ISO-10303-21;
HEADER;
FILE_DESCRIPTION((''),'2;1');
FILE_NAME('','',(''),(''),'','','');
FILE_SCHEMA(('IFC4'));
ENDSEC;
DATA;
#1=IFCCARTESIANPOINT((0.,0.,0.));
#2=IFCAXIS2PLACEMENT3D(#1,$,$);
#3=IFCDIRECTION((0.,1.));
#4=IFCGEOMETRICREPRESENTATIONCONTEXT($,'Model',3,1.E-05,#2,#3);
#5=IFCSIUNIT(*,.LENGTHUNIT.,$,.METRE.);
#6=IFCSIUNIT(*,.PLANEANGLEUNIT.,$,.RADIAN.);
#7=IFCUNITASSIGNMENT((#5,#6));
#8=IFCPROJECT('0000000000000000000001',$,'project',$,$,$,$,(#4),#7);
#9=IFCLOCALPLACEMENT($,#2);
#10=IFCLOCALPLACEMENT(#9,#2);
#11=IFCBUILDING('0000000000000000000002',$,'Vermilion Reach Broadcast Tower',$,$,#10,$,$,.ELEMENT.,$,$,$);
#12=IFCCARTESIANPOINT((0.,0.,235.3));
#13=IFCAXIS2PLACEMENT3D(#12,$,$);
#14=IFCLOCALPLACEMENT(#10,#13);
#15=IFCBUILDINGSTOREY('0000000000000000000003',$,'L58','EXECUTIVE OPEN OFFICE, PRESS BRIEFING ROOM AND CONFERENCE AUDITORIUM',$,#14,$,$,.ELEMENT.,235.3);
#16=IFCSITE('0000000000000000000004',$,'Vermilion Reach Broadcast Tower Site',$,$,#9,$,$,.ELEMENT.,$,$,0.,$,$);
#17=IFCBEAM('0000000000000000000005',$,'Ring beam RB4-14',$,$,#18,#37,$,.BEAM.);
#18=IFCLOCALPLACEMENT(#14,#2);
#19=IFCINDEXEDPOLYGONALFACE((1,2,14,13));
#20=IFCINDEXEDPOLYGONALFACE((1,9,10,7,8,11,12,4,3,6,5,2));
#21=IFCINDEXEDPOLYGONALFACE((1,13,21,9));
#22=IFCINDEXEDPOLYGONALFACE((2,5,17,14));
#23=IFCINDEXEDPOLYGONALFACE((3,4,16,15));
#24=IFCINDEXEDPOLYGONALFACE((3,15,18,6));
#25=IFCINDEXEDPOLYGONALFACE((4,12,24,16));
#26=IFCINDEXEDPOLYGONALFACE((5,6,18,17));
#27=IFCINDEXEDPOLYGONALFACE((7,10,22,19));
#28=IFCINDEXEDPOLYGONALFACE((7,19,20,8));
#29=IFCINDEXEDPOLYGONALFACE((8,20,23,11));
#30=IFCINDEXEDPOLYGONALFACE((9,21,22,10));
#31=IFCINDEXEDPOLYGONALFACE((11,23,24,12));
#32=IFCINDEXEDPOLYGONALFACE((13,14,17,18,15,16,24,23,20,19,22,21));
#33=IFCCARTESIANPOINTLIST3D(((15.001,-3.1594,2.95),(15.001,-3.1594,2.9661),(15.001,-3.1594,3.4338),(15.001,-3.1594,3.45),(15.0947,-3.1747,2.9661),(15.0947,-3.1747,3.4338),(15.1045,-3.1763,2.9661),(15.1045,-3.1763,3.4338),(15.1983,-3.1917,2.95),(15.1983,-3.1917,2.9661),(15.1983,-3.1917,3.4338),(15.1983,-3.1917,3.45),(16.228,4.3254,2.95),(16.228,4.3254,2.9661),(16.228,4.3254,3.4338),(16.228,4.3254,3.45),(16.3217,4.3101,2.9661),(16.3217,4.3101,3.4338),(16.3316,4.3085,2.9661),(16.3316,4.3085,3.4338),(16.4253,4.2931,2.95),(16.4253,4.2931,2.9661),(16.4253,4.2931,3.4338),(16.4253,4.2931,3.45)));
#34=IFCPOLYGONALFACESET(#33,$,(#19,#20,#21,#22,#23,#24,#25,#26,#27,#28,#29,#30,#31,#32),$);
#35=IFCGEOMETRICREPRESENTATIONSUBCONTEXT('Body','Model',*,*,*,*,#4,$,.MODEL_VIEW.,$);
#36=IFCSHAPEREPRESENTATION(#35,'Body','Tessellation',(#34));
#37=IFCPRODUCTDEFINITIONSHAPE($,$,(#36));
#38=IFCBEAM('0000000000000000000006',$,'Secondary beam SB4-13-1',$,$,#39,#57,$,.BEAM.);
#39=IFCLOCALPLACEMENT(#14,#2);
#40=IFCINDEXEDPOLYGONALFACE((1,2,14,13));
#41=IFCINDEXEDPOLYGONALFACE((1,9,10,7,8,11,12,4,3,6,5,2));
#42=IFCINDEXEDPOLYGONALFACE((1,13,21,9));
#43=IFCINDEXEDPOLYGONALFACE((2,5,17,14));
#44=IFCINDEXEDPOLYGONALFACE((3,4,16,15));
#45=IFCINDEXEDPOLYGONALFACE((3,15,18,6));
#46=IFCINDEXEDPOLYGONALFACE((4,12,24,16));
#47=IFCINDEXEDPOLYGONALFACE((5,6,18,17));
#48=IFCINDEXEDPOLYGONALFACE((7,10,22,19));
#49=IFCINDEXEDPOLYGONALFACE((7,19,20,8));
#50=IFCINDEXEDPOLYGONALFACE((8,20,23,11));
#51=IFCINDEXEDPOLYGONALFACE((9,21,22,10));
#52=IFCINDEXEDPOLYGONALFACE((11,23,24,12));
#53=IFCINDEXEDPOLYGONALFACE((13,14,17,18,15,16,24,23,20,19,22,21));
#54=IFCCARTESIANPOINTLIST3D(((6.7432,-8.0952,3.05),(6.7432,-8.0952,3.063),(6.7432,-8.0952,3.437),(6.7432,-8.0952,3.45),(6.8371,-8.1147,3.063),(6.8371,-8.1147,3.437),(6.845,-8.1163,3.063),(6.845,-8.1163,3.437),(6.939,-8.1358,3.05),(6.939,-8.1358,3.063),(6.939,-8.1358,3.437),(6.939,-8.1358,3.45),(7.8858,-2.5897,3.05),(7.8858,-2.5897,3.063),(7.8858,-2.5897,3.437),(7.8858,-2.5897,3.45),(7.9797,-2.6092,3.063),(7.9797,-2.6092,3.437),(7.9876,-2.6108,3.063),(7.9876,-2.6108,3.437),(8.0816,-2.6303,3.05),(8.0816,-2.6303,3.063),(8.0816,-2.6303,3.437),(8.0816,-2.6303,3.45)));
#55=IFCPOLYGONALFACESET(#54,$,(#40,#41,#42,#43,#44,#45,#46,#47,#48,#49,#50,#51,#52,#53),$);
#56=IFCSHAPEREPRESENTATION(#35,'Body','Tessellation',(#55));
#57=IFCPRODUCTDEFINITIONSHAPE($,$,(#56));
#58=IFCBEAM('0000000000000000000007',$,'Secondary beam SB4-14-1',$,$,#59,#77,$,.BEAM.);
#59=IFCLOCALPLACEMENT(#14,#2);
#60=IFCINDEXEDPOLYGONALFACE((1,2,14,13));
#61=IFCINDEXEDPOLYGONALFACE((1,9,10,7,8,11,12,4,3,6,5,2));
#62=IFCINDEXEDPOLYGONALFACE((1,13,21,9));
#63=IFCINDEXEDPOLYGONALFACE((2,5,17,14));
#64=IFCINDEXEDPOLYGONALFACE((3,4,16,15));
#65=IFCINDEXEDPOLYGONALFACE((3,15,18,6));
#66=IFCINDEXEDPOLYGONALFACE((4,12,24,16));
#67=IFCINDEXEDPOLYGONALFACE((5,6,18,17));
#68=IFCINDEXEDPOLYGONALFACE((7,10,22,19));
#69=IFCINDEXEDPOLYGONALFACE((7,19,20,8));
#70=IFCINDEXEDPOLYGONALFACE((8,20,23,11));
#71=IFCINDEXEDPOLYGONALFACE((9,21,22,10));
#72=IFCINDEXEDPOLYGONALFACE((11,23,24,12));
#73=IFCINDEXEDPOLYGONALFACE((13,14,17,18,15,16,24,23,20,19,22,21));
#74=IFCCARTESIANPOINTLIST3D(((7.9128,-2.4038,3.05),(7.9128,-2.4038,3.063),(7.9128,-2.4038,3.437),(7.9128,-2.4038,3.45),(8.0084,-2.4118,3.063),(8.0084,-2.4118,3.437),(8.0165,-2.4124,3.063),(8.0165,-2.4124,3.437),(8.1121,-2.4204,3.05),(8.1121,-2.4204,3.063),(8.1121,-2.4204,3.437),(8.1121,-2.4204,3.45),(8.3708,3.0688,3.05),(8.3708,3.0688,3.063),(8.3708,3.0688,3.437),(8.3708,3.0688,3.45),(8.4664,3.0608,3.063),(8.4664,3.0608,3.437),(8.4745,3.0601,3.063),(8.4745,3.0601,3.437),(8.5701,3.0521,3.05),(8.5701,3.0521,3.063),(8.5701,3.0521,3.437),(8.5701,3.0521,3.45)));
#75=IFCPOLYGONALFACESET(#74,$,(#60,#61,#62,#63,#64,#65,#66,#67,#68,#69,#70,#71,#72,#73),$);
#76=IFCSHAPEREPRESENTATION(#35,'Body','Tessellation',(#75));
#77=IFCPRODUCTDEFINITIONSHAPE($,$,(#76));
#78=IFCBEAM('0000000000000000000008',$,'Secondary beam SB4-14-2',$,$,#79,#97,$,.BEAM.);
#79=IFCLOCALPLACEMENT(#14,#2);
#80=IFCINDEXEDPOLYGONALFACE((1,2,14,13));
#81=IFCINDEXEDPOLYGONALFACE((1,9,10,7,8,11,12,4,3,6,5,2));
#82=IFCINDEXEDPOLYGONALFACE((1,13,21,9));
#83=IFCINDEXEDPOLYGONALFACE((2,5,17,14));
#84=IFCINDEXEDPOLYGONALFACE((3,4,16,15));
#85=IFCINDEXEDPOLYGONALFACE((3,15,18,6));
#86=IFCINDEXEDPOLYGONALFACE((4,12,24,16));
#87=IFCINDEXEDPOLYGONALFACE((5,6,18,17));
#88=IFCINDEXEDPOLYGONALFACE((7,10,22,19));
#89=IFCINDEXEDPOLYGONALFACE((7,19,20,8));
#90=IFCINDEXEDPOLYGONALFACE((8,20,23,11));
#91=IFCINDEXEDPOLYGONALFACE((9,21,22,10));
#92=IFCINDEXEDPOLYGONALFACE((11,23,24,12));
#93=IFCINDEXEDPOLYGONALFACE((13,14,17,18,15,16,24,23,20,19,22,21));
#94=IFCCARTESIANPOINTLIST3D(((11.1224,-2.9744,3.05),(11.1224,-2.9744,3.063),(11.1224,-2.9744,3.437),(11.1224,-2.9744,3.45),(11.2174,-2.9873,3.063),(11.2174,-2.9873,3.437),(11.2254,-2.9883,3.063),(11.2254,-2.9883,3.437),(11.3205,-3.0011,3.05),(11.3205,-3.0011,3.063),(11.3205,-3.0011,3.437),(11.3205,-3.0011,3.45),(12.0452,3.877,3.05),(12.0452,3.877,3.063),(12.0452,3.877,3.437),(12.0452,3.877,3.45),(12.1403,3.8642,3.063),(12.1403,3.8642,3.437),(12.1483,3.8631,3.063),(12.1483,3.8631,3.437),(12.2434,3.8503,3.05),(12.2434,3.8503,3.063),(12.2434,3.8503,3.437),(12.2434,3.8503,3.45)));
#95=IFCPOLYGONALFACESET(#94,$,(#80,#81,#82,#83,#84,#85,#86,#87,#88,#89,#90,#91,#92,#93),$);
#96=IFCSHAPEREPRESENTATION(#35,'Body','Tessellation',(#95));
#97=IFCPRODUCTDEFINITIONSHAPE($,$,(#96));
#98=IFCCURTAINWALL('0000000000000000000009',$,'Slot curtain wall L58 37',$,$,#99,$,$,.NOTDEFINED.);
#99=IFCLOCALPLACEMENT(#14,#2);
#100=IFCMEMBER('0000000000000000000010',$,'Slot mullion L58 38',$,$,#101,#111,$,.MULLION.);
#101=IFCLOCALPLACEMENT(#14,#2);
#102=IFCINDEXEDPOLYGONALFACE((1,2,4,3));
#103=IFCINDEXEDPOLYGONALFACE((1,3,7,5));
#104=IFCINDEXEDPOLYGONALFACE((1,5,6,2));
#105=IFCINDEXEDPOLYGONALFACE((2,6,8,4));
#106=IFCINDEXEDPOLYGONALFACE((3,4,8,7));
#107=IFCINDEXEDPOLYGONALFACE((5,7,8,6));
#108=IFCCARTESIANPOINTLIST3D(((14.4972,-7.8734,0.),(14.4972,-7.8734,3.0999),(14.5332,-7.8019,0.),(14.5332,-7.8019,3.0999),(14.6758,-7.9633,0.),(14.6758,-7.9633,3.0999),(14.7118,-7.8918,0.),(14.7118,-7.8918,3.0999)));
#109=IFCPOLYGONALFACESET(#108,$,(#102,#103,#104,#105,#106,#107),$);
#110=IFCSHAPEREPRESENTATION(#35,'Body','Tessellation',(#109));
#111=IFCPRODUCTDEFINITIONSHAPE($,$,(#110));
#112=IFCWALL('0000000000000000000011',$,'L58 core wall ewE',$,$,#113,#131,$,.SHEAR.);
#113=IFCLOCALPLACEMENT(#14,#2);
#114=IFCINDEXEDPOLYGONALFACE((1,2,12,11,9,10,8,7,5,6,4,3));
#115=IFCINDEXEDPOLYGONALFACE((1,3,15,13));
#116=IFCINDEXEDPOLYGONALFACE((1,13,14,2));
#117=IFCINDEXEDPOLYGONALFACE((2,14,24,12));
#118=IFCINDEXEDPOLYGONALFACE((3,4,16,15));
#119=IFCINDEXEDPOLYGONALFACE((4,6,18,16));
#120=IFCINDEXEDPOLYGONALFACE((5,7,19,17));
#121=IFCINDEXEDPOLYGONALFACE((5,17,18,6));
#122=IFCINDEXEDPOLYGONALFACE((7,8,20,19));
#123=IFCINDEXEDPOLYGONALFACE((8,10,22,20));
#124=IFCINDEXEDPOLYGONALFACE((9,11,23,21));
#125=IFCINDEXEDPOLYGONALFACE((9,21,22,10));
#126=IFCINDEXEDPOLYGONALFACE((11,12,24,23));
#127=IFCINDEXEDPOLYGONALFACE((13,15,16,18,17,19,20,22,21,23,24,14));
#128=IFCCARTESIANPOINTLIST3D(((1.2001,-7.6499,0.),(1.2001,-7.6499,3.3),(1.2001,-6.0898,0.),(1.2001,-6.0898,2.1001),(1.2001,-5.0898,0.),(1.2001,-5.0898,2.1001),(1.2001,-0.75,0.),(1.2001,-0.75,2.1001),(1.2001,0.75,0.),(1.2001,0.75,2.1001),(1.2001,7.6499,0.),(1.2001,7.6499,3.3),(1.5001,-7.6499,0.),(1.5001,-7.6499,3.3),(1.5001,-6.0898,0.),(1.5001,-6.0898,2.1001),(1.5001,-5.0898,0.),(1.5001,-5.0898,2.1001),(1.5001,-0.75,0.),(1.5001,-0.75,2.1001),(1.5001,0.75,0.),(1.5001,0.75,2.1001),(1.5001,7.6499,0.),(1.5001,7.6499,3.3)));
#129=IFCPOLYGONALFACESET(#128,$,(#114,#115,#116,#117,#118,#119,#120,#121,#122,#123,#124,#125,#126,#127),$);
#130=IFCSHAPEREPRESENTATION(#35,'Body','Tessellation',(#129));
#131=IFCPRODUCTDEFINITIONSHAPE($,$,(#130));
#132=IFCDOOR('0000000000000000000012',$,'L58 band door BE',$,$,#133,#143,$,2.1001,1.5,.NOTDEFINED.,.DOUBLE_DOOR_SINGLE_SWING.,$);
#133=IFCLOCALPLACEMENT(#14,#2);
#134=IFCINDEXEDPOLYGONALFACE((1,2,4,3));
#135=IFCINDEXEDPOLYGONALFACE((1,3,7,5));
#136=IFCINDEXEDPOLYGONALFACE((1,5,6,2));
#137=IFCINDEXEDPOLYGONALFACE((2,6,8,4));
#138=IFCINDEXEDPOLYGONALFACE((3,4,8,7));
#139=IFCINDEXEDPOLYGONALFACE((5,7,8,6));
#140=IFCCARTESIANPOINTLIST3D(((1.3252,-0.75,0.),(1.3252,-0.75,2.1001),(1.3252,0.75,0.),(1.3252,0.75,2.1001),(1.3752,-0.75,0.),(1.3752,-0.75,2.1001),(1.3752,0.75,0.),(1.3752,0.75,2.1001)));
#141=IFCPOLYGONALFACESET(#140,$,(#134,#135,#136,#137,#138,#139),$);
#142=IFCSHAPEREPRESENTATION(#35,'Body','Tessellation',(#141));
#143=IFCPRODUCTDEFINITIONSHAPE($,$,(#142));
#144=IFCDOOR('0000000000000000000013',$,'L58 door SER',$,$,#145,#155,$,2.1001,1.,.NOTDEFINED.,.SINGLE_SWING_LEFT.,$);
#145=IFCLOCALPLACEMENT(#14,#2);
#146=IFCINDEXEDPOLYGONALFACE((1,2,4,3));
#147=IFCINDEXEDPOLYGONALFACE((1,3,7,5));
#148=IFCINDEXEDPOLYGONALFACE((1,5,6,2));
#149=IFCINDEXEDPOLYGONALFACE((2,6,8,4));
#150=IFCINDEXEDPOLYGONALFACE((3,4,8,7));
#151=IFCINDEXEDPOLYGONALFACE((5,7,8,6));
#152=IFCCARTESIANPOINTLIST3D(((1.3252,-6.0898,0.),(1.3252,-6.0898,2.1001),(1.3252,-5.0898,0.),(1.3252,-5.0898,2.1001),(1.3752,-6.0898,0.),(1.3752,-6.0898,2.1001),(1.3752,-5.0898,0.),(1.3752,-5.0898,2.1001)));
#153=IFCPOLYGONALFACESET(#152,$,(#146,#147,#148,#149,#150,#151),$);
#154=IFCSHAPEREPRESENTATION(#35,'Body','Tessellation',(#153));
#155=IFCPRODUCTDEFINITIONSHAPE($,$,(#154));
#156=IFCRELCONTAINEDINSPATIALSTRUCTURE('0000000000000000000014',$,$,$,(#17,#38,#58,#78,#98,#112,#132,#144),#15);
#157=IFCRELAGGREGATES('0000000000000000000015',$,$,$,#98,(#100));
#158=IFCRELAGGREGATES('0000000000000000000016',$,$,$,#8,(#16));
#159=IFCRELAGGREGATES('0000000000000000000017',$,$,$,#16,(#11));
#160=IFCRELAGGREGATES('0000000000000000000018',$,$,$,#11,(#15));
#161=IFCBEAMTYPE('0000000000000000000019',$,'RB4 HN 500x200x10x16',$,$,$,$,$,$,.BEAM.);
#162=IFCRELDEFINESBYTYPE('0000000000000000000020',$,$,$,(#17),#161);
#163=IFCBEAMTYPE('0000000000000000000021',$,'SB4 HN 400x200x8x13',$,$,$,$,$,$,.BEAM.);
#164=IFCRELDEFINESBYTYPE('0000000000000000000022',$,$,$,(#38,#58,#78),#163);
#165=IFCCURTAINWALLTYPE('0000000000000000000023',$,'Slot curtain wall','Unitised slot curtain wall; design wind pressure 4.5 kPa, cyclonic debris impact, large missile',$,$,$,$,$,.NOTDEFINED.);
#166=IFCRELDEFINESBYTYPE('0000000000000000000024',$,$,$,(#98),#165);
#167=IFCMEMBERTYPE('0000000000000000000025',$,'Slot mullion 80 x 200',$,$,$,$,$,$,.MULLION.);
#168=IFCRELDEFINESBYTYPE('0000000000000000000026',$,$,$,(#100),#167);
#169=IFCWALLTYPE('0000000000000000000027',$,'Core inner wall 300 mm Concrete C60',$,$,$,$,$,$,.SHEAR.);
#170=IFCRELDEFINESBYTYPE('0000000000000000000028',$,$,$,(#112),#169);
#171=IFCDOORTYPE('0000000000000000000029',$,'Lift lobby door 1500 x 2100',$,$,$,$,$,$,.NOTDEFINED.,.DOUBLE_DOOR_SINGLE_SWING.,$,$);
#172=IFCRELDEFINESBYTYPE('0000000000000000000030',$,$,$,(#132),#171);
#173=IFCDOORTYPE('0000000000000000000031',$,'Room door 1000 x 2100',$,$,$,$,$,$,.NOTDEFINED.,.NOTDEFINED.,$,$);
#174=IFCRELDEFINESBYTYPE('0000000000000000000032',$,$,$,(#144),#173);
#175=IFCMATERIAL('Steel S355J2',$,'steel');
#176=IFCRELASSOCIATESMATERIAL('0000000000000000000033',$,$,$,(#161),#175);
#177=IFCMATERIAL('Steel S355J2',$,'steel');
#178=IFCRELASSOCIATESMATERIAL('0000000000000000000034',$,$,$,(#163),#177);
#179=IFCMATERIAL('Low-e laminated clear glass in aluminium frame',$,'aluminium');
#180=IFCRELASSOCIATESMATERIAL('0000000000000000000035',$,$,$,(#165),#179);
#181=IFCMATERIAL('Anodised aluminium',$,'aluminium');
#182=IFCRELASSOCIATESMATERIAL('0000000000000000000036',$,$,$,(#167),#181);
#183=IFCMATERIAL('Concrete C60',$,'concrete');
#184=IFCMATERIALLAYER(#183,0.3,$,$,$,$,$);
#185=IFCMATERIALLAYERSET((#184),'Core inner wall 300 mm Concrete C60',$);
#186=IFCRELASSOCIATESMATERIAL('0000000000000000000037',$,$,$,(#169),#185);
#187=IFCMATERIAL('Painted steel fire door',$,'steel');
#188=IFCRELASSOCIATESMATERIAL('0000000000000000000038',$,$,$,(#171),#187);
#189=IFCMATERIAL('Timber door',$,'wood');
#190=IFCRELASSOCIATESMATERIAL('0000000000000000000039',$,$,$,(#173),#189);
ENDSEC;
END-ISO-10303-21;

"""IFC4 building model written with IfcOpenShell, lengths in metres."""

from ifc_helpers import new_model, si_unit, direction, frame, frame_2d, origin, origin_2d, place, context, subcontext, project, spatial, rectangle, i_section, extrude, material, layer, layer_set, material_profile, profile_set, type_object, element, fill, aggregate, save


model = new_model("IFC4")

# Units and contexts
model_context = context("Model", 3, precision=1e-05, world=origin(), true_north=direction((0.0, 1.0)))
body_context = subcontext(model_context, "Body", "Model", "MODEL_VIEW")
ifc_project = project(units=[si_unit("LENGTHUNIT", "METRE"), si_unit("PLANEANGLEUNIT", "RADIAN")], contexts=[model_context])

# Site, building, storey
site_placement = place(None, origin())
site = spatial("IfcSite", under=ifc_project, at=site_placement, Name="Vermilion Reach Broadcast Tower Site", CompositionType="ELEMENT", RefElevation=0.0)
building_placement = place(site_placement, origin())
building = spatial("IfcBuilding", under=site, at=building_placement, Name="Vermilion Reach Broadcast Tower", CompositionType="ELEMENT")
storey_placement = place(building_placement, frame((0.0, 0.0, 235.3)))
storey = spatial("IfcBuildingStorey", under=building, at=storey_placement, Name="L58", Description="EXECUTIVE OPEN OFFICE, PRESS BRIEFING ROOM AND CONFERENCE AUDITORIUM", CompositionType="ELEMENT", Elevation=235.3)

# Beams
ifc_material_1 = material(Name="Steel S355J2", Category="steel")
ifc_material_profile_1 = material_profile(ifc_material_1, i_section(OverallWidth=0.2, OverallDepth=0.5, WebThickness=0.01, FlangeThickness=0.0161, at=origin_2d()), Name="S355J2 HN 500x200x10x16")
ifc_profile_set_1 = profile_set([ifc_material_profile_1], Name="Steel S355J2")
beam_type_1 = type_object("IfcBeamType", Name="RB4 HN 500x200x10x16", PredefinedType="BEAM", material=ifc_profile_set_1)
beam_1_placement = place(storey_placement, frame((15.0996, -3.1755, 3.2), z_axis=(0.161778, 0.986827, 0.0), x_axis=(-0.986827, 0.161778, 0.0)))
element("IfcBeam", 1, at=beam_1_placement, inside=storey, type_object=beam_type_1, Name="Ring beam RB4-14", PredefinedType="BEAM", context=body_context, shape_type="SweptSolid", body=[
    extrude(i_section(OverallWidth=0.2, OverallDepth=0.5, WebThickness=0.01, FlangeThickness=0.0161, at=origin_2d()), origin(), (0.0, 0.0, 1.0), 7.5847),
])
ifc_material_2 = material(Name="Steel S355J2", Category="steel")
ifc_material_profile_2 = material_profile(ifc_material_2, i_section(OverallWidth=0.2, OverallDepth=0.3999, WebThickness=0.0081, FlangeThickness=0.0129, at=origin_2d()), Name="S355J2 HN 400x200x8x13")
ifc_profile_set_2 = profile_set([ifc_material_profile_2], Name="Steel S355J2")
beam_type_2 = type_object("IfcBeamType", Name="SB4 HN 400x200x8x13", PredefinedType="BEAM", material=ifc_profile_set_2)
beam_2_placement = place(storey_placement, frame((6.8411, -8.1155, 3.25), z_axis=(0.203209, 0.979135, 0.0), x_axis=(-0.979135, 0.203209, 0.0)))
element("IfcBeam", 2, at=beam_2_placement, inside=storey, type_object=beam_type_2, Name="Secondary beam SB4-13-1", PredefinedType="BEAM", context=body_context, shape_type="SweptSolid", body=[
    extrude(i_section(OverallWidth=0.2, OverallDepth=0.3999, WebThickness=0.0081, FlangeThickness=0.0129, at=origin_2d()), origin(), (0.0, 0.0, 1.0), 5.6228),
])
beam_3_placement = place(storey_placement, frame((8.0125, -2.4121, 3.25), z_axis=(0.083399, 0.996516, 0.0), x_axis=(-0.996516, 0.083399, 0.0)))
element("IfcBeam", 3, at=beam_3_placement, inside=storey, type_object=beam_type_2, Name="Secondary beam SB4-14-1", PredefinedType="BEAM", context=body_context, shape_type="SweptSolid", body=[
    extrude(i_section(OverallWidth=0.2, OverallDepth=0.3999, WebThickness=0.0081, FlangeThickness=0.0129, at=origin_2d()), origin(), (0.0, 0.0, 1.0), 5.4917),
])
beam_4_placement = place(storey_placement, frame((11.2214, -2.9878, 3.25), z_axis=(0.133487, 0.991051, 0.0), x_axis=(-0.991051, 0.133487, 0.0)))
element("IfcBeam", 4, at=beam_4_placement, inside=storey, type_object=beam_type_2, Name="Secondary beam SB4-14-2", PredefinedType="BEAM", context=body_context, shape_type="SweptSolid", body=[
    extrude(i_section(OverallWidth=0.2, OverallDepth=0.3999, WebThickness=0.0081, FlangeThickness=0.0129, at=origin_2d()), origin(), (0.0, 0.0, 1.0), 6.9133),
])

# Curtain wall, member
ifc_material_3 = material(Name="Low-e laminated clear glass in aluminium frame", Category="aluminium")
curtain_wall_type = type_object("IfcCurtainWallType", Name="Slot curtain wall", Description="Unitised slot curtain wall; design wind pressure 4.5 kPa, cyclonic debris impact, large missile", PredefinedType="NOTDEFINED", material=ifc_material_3)
curtain_wall_placement = place(storey_placement, origin())
curtain_wall = element("IfcCurtainWall", 5, at=curtain_wall_placement, inside=storey, type_object=curtain_wall_type, Name="Slot curtain wall L58 37", PredefinedType="NOTDEFINED")
ifc_material_4 = material(Name="Anodised aluminium", Category="aluminium")
ifc_material_profile_3 = material_profile(ifc_material_4, rectangle(XDim=0.2, YDim=0.0801, at=origin_2d()), Name="Slot mullion 80 x 200")
ifc_profile_set_3 = profile_set([ifc_material_profile_3], Name="Anodised aluminium")
member_type = type_object("IfcMemberType", Name="Slot mullion 80 x 200", PredefinedType="MULLION", material=ifc_profile_set_3)
member_placement = place(storey_placement, frame((14.6045, -7.8826, 0.0), z_axis=(0.0, 0.0, 1.0), x_axis=(-0.893222, 0.449615, 0.0)))
member = element("IfcMember", 6, at=member_placement, type_object=member_type, Name="Slot mullion L58 38", PredefinedType="MULLION", context=body_context, shape_type="SweptSolid", body=[
    extrude(rectangle(XDim=0.2, YDim=0.0801, at=origin_2d()), origin(), (0.0, 0.0, 1.0), 3.0999),
])
aggregate(curtain_wall, [member])

# Wall, openings, doors
ifc_material_5 = material(Name="Concrete C60", Category="concrete")
ifc_layer_1 = layer(ifc_material_5, 0.3)
ifc_layer_set_1 = layer_set([ifc_layer_1], Name="Core inner wall 300 mm Concrete C60")
wall_type_1 = type_object("IfcWallType", Name="Core inner wall 300 mm Concrete C60", PredefinedType="SHEAR", material=ifc_layer_set_1)
wall_1_placement = place(storey_placement, frame((1.3501, -7.6499, 0.0), z_axis=(0.0, 0.0, 1.0), x_axis=(0.0, 1.0, 0.0)))
wall_1 = element("IfcWall", 7, at=wall_1_placement, inside=storey, type_object=wall_type_1, Name="L58 core wall ewE", PredefinedType="SHEAR", context=body_context, shape_type="SweptSolid", body=[
    extrude(rectangle(XDim=15.2998, YDim=0.3, at=frame_2d((7.6499, 0.0))), origin(), (0.0, 0.0, 1.0), 3.3),
])
opening_1_placement = place(wall_1_placement, frame((1.5601, 0.0, 0.0)))
opening_1 = element("IfcOpeningElement", 8, at=opening_1_placement, cuts=wall_1, PredefinedType="OPENING", context=body_context, shape_type="SweptSolid", body=[
    extrude(rectangle(XDim=1.0, YDim=2.1001, at=frame_2d((0.5, 1.05))), frame((0.0, 0.1599, 0.0), z_axis=(0.0, -1.0, 0.0), x_axis=(1.0, 0.0, 0.0)), (0.0, 0.0, 1.0), 0.3201),
])
opening_2_placement = place(wall_1_placement, frame((6.8999, 0.0, 0.0)))
opening_2 = element("IfcOpeningElement", 9, at=opening_2_placement, cuts=wall_1, PredefinedType="OPENING", context=body_context, shape_type="SweptSolid", body=[
    extrude(rectangle(XDim=1.5, YDim=2.1001, at=frame_2d((0.75, 1.05))), frame((0.0, 0.1599, 0.0), z_axis=(0.0, -1.0, 0.0), x_axis=(1.0, 0.0, 0.0)), (0.0, 0.0, 1.0), 0.3201),
])
ifc_material_6 = material(Name="Painted steel fire door", Category="steel")
door_type_1 = type_object("IfcDoorType", Name="Lift lobby door 1500 x 2100", OperationType="DOUBLE_DOOR_SINGLE_SWING", PredefinedType="NOTDEFINED", material=ifc_material_6)
door_1_placement = place(opening_2_placement, origin())
door_1 = element("IfcDoor", 10, at=door_1_placement, inside=storey, type_object=door_type_1, Name="L58 band door BE", OperationType="DOUBLE_DOOR_SINGLE_SWING", OverallHeight=2.1001, OverallWidth=1.5, PredefinedType="NOTDEFINED", context=body_context, shape_type="SweptSolid", body=[
    extrude(rectangle(XDim=1.5, YDim=2.1001, at=frame_2d((0.75, 1.05))), frame((0.0, 0.0249, 0.0), z_axis=(0.0, -1.0, 0.0), x_axis=(1.0, 0.0, 0.0)), (0.0, 0.0, 1.0), 0.05),
])
fill(opening_2, door_1)
ifc_material_7 = material(Name="Timber door", Category="wood")
door_type_2 = type_object("IfcDoorType", Name="Room door 1000 x 2100", OperationType="NOTDEFINED", PredefinedType="NOTDEFINED", material=ifc_material_7)
door_2_placement = place(opening_1_placement, origin())
door_2 = element("IfcDoor", 11, at=door_2_placement, inside=storey, type_object=door_type_2, Name="L58 door SER", OperationType="SINGLE_SWING_LEFT", OverallHeight=2.1001, OverallWidth=1.0, PredefinedType="NOTDEFINED", context=body_context, shape_type="SweptSolid", body=[
    extrude(rectangle(XDim=1.0, YDim=2.1001, at=frame_2d((0.5, 1.05))), frame((0.0, 0.0249, 0.0), z_axis=(0.0, -1.0, 0.0), x_axis=(1.0, 0.0, 0.0)), (0.0, 0.0, 1.0), 0.05),
])
fill(opening_1, door_2)

save(model, "model.ifc")
